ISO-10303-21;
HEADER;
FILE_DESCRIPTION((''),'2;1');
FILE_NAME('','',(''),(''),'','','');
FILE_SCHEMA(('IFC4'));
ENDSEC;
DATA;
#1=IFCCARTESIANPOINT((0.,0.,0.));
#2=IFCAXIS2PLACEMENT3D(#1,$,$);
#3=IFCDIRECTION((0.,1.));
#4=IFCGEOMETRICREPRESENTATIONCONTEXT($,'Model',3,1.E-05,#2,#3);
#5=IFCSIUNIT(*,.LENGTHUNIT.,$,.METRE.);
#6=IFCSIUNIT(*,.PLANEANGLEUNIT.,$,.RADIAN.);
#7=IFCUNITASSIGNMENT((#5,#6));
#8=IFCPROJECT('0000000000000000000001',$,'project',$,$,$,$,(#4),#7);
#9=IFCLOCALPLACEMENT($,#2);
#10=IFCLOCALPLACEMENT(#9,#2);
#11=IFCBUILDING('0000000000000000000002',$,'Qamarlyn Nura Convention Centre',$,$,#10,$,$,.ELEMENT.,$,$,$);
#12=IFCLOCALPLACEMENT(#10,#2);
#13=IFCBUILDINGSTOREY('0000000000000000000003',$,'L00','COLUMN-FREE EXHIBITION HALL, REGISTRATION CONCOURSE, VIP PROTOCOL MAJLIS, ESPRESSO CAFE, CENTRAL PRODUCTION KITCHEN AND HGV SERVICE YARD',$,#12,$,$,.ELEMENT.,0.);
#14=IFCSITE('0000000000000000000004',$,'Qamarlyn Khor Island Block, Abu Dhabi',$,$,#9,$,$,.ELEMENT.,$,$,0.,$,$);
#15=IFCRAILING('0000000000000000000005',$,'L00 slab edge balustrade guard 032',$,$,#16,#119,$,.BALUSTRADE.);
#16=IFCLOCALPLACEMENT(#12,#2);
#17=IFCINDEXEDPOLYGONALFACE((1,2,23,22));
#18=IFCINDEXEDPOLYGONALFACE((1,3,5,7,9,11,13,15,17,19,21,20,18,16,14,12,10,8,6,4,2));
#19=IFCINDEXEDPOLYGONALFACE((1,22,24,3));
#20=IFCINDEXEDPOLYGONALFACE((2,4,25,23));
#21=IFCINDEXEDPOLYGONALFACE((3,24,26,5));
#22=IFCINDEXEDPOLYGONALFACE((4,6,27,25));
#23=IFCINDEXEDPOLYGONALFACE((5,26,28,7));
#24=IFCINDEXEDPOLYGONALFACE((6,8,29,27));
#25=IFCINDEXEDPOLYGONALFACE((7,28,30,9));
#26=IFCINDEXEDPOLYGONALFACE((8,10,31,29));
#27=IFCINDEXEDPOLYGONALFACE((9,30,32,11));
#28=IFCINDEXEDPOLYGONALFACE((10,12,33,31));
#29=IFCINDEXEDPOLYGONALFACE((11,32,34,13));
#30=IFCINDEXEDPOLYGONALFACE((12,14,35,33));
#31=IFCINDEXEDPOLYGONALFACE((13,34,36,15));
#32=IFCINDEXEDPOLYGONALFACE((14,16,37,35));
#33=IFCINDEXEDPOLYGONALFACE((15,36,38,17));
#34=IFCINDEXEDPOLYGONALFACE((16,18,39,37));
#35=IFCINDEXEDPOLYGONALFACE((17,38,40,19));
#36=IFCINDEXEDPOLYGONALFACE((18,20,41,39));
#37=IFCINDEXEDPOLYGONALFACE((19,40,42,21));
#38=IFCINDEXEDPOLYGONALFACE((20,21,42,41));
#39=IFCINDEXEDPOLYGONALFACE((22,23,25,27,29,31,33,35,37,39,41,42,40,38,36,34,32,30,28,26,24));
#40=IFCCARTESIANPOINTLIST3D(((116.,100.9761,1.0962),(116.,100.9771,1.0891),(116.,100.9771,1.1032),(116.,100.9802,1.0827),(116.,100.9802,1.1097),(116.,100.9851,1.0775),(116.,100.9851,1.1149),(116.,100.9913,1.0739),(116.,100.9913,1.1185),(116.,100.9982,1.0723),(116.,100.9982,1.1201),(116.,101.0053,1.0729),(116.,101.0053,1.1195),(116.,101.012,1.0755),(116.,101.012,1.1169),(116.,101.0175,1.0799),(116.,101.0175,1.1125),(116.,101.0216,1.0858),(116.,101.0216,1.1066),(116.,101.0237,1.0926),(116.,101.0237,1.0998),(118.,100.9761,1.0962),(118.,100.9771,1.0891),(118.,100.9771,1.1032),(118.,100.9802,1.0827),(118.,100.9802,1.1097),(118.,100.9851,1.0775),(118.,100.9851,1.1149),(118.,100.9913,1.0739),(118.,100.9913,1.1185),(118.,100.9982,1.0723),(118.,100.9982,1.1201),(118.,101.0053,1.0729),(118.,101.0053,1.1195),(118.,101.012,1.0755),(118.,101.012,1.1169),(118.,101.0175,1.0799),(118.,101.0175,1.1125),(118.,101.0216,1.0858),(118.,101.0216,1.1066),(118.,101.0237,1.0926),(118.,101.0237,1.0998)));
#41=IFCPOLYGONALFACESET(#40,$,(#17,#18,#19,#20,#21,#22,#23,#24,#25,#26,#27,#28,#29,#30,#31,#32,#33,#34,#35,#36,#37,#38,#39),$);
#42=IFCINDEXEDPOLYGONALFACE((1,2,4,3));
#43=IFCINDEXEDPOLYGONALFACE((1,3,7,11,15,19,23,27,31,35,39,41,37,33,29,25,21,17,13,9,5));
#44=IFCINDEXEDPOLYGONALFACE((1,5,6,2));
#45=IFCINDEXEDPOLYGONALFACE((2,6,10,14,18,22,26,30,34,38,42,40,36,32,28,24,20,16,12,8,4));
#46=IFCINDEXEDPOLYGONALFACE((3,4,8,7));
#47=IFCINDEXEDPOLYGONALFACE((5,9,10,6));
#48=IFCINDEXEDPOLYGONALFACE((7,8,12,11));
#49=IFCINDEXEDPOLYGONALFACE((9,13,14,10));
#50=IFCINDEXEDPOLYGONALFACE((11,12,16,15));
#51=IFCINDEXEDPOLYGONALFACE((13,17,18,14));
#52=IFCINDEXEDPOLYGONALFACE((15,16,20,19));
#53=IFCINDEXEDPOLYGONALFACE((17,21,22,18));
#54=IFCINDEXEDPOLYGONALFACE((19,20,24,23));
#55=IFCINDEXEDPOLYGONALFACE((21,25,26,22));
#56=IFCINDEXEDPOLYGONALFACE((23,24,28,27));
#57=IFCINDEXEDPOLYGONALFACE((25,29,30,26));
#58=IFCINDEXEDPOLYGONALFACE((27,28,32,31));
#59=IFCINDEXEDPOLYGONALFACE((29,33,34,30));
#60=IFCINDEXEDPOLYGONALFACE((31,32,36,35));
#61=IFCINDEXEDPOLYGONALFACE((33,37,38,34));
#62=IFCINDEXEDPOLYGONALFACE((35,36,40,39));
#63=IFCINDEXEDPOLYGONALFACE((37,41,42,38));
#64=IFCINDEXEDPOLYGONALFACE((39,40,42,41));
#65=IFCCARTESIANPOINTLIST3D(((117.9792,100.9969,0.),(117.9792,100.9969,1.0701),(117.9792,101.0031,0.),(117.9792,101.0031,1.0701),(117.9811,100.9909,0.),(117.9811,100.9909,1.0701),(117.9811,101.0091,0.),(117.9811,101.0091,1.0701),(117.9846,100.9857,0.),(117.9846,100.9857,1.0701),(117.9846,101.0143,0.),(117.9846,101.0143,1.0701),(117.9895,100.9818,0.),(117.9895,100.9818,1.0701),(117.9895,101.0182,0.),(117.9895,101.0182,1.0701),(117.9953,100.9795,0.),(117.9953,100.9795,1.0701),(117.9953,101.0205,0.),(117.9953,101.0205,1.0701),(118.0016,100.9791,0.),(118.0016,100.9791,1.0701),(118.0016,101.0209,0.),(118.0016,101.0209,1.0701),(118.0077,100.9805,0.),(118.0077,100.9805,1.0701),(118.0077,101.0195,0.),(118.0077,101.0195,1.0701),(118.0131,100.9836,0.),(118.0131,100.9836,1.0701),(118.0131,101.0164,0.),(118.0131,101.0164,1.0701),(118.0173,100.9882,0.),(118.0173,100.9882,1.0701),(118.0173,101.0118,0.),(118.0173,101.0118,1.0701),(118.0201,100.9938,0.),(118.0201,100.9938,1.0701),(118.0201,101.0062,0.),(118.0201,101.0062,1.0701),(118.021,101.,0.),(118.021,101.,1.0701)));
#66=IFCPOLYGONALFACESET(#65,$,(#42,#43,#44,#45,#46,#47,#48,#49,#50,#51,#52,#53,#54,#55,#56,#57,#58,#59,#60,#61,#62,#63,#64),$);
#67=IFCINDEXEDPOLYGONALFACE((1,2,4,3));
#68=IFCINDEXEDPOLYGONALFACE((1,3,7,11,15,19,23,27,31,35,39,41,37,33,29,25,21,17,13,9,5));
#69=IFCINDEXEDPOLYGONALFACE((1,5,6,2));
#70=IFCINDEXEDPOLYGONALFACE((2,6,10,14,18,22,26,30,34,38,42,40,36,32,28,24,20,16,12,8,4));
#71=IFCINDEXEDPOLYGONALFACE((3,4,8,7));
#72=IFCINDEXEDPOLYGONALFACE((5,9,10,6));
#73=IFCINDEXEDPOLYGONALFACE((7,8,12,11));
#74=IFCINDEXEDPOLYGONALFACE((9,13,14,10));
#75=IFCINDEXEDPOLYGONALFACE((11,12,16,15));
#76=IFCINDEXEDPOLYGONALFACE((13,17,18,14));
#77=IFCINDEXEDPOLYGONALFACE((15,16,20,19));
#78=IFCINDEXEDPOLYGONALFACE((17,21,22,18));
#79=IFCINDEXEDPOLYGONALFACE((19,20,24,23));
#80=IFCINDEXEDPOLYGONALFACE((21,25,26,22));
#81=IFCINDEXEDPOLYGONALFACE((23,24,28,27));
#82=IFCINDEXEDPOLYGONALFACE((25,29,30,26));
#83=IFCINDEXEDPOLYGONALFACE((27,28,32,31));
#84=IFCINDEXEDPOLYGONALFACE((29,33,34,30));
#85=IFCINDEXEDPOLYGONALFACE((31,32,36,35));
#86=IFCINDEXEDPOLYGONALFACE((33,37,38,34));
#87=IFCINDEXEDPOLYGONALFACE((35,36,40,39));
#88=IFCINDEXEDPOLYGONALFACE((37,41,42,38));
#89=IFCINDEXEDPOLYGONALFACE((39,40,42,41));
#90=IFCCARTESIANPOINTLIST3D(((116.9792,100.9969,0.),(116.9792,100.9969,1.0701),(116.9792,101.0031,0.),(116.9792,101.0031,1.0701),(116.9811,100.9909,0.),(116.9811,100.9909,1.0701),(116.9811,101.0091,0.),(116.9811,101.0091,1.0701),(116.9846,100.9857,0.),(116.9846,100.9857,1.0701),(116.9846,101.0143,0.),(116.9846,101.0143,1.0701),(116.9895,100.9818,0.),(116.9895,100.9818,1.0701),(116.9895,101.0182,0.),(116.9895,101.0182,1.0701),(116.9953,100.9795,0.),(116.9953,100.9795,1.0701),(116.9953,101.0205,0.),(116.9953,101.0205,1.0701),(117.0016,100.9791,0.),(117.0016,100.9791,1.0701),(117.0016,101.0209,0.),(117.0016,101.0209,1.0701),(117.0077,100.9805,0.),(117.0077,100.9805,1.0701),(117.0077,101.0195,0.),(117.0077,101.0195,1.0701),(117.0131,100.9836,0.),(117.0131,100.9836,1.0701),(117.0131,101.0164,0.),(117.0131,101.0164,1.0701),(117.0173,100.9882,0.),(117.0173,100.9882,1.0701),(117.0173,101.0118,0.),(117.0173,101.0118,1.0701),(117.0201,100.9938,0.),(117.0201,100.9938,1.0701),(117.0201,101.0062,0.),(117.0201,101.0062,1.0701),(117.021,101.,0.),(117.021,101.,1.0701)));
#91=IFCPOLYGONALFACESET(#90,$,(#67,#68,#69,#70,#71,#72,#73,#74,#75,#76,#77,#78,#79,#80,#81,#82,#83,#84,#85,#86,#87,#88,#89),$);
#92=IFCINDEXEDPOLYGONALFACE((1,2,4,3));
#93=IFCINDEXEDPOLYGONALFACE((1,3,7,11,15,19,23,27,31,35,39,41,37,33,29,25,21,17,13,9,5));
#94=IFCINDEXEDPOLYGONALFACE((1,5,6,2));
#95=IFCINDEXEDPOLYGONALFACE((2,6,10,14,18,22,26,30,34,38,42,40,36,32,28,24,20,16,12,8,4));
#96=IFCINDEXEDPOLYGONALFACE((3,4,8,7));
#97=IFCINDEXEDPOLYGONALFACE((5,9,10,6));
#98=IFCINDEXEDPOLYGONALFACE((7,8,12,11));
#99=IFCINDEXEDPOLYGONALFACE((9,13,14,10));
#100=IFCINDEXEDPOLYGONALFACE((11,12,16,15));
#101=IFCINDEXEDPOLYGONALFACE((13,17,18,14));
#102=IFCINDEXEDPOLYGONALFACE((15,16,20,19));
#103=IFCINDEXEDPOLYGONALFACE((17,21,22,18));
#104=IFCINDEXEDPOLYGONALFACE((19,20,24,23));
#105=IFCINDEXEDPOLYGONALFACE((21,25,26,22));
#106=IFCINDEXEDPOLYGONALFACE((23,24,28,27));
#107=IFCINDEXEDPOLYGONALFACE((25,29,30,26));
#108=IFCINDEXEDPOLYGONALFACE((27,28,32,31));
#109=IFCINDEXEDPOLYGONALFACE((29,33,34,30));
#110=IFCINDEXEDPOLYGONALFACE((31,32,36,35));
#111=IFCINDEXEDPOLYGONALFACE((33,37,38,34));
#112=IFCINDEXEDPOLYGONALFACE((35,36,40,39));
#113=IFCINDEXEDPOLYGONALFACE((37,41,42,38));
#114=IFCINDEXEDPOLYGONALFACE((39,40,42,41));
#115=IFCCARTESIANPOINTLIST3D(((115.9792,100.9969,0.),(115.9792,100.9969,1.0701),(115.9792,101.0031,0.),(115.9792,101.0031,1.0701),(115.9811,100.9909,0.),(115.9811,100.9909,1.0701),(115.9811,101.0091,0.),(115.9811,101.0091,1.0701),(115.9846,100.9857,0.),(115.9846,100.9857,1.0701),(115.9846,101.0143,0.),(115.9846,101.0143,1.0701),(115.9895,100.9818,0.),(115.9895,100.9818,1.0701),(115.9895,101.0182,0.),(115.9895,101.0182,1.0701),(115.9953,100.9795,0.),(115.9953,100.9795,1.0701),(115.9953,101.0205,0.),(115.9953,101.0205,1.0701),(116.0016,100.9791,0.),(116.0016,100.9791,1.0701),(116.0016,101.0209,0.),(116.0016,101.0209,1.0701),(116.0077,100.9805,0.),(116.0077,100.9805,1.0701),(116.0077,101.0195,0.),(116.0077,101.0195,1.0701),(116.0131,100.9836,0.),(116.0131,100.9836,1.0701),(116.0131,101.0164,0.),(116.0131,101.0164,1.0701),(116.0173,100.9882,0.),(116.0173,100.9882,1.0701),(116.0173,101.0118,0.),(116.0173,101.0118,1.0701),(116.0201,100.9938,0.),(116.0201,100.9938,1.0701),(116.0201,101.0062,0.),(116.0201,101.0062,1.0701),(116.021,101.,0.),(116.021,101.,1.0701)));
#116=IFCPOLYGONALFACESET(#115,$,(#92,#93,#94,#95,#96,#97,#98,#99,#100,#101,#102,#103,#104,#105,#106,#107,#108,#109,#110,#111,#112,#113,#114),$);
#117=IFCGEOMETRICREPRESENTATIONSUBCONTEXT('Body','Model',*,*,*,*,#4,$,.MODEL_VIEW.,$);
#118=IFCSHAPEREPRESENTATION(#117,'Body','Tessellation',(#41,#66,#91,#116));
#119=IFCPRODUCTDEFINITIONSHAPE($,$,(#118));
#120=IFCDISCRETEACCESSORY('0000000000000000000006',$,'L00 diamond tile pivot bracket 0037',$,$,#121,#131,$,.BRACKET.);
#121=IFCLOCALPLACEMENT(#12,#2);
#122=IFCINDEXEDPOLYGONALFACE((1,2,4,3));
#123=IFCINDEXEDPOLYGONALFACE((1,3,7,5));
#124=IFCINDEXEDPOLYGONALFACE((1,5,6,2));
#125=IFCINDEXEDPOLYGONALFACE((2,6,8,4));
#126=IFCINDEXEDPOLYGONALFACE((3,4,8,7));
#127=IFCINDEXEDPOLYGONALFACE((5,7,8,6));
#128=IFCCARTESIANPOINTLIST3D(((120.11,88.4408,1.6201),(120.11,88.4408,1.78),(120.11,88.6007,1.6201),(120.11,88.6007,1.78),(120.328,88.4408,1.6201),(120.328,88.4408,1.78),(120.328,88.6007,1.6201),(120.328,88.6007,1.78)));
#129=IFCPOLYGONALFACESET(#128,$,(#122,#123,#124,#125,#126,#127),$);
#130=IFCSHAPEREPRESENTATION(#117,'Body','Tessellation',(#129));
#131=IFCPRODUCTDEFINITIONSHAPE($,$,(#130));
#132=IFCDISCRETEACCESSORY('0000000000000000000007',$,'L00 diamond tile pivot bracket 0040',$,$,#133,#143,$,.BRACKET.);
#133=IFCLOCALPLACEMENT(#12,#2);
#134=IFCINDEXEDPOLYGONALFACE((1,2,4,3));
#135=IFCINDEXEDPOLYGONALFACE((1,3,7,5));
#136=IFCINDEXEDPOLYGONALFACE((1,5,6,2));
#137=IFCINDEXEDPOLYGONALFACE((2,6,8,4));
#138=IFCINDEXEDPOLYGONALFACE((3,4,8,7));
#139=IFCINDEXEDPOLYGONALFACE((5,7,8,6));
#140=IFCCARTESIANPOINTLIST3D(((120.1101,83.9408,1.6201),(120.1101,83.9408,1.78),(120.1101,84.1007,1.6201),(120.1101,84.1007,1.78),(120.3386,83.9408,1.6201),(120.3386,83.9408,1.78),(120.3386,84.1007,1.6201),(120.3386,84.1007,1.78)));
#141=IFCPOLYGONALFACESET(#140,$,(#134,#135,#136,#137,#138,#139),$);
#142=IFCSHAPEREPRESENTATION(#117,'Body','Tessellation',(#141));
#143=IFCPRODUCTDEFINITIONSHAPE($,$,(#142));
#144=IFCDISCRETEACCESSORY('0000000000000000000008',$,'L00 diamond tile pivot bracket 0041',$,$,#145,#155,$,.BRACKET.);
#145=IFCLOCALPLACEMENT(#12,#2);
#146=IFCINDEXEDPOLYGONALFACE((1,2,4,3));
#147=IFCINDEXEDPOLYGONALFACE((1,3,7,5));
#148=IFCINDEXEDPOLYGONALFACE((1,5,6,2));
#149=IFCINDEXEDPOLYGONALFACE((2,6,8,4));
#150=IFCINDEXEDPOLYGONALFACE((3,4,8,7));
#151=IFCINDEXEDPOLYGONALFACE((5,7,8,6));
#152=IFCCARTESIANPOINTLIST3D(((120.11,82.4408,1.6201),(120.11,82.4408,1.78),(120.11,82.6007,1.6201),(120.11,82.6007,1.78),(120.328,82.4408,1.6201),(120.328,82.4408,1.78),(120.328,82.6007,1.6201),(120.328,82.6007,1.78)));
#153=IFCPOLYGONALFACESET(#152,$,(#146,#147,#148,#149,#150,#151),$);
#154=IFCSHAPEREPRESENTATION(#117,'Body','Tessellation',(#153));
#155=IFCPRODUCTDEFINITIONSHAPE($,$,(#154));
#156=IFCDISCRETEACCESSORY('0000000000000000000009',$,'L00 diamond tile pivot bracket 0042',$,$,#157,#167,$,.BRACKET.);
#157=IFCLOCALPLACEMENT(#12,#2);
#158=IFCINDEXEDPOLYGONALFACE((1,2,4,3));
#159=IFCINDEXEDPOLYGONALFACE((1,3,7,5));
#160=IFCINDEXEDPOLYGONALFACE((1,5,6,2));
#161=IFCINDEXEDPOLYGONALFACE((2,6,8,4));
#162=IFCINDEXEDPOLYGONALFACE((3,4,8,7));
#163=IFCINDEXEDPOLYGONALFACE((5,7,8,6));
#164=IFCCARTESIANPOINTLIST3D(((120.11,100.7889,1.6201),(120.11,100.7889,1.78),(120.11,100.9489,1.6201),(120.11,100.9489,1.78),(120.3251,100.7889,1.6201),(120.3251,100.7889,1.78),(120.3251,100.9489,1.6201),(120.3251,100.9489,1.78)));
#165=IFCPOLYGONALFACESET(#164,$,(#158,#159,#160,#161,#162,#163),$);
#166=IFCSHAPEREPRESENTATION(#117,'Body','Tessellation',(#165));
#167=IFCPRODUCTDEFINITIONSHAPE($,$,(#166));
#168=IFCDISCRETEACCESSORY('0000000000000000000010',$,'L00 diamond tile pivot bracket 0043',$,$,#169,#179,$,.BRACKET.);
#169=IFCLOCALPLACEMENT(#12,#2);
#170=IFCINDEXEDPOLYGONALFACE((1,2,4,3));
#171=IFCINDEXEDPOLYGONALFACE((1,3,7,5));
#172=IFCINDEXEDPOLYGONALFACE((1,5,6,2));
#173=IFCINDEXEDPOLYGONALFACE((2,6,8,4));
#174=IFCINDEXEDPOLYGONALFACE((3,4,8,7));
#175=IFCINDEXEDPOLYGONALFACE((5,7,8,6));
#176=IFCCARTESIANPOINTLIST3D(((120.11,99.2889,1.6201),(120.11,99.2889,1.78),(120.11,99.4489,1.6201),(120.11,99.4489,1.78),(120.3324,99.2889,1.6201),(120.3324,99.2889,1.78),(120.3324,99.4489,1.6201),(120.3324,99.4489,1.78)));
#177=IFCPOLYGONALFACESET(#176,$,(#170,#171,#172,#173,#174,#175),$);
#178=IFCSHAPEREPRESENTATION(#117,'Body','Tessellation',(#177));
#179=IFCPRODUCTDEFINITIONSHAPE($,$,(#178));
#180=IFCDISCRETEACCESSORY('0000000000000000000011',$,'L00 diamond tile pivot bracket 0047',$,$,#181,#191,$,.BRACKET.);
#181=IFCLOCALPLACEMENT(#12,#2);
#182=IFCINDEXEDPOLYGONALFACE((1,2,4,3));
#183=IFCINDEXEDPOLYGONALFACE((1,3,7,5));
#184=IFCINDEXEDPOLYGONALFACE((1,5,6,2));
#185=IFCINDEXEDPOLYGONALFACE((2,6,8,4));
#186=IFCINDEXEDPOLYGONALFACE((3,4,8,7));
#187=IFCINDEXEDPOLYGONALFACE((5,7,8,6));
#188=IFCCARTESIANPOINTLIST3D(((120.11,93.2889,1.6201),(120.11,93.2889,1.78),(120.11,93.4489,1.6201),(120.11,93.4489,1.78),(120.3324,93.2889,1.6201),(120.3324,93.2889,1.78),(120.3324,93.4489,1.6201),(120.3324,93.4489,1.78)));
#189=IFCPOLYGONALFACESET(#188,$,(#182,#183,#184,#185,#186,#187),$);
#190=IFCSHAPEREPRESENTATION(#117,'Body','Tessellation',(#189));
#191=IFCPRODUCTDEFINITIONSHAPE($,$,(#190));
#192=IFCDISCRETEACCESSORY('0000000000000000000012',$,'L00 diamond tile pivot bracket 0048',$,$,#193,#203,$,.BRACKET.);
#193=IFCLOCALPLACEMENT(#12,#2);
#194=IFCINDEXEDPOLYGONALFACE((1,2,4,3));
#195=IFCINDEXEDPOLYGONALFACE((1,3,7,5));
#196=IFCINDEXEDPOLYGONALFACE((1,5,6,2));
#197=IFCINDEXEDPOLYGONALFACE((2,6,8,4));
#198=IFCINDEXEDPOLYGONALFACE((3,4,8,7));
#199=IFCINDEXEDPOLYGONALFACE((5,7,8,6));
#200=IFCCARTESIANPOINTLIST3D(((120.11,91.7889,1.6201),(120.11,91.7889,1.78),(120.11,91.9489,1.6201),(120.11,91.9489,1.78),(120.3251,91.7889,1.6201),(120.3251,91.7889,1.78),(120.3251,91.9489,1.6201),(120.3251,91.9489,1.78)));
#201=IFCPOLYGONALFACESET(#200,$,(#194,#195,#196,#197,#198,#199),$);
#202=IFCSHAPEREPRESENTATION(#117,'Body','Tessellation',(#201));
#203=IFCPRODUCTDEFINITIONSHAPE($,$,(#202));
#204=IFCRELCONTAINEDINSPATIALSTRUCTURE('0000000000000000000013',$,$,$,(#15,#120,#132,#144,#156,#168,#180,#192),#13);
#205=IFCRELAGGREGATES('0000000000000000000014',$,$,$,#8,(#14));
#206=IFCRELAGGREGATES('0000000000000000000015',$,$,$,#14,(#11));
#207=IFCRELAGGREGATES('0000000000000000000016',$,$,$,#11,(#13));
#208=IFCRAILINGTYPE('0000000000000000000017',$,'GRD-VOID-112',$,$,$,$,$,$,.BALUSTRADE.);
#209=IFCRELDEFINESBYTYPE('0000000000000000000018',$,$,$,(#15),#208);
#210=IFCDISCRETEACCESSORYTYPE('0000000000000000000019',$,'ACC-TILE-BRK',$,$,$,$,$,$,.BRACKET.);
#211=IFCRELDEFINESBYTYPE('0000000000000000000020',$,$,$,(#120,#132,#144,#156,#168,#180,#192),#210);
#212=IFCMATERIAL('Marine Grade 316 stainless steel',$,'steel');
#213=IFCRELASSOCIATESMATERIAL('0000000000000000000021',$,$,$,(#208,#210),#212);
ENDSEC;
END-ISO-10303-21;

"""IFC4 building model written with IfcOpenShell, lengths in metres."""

from ifc_helpers import new_model, si_unit, direction, frame, origin, origin_2d, place, context, subcontext, project, spatial, rectangle, circle, extrude, material, type_object, element, save


model = new_model("IFC4")

# Units and contexts
model_context = context("Model", 3, precision=1e-05, world=origin(), true_north=direction((0.0, 1.0)))
body_context = subcontext(model_context, "Body", "Model", "MODEL_VIEW")
ifc_project = project(units=[si_unit("LENGTHUNIT", "METRE"), si_unit("PLANEANGLEUNIT", "RADIAN")], contexts=[model_context])

# Site, building, storey
site_placement = place(None, origin())
site = spatial("IfcSite", under=ifc_project, at=site_placement, Name="Qamarlyn Khor Island Block, Abu Dhabi", CompositionType="ELEMENT", RefElevation=0.0)
building_placement = place(site_placement, origin())
building = spatial("IfcBuilding", under=site, at=building_placement, Name="Qamarlyn Nura Convention Centre", CompositionType="ELEMENT")
storey_placement = place(building_placement, origin())
storey = spatial("IfcBuildingStorey", under=building, at=storey_placement, Name="L00", Description="COLUMN-FREE EXHIBITION HALL, REGISTRATION CONCOURSE, VIP PROTOCOL MAJLIS, ESPRESSO CAFE, CENTRAL PRODUCTION KITCHEN AND HGV SERVICE YARD", CompositionType="ELEMENT", Elevation=0.0)

# Railing
ifc_material_1 = material(Name="Marine Grade 316 stainless steel", Category="steel")
railing_type = type_object("IfcRailingType", Name="GRD-VOID-112", PredefinedType="BALUSTRADE", material=ifc_material_1)
railing_1_placement = place(storey_placement, frame((118.0, 101.0, 0.0)))
element("IfcRailing", 1, at=railing_1_placement, inside=storey, type_object=railing_type, Name="L00 slab edge balustrade guard 032", PredefinedType="BALUSTRADE", context=body_context, shape_type="SweptSolid", body=[
    extrude(circle(Radius=0.0239, at=origin_2d()), frame((0.0, 0.0, 1.0962), z_axis=(-1.0, 0.0, 0.0), x_axis=(0.0, -1.0, 0.0)), (0.0, 0.0, 1.0), 2.0),
    extrude(circle(Radius=0.021, at=origin_2d()), origin(), (0.0, 0.0, 1.0), 1.0701),
    extrude(circle(Radius=0.021, at=origin_2d()), frame((-1.0, 0.0, 0.0)), (0.0, 0.0, 1.0), 1.0701),
    extrude(circle(Radius=0.021, at=origin_2d()), frame((-2.0, 0.0, 0.0)), (0.0, 0.0, 1.0), 1.0701),
])

# Discrete accessories
discrete_accessory_type = type_object("IfcDiscreteAccessoryType", Name="ACC-TILE-BRK", PredefinedType="BRACKET", material=ifc_material_1)
discrete_accessory_1_placement = place(storey_placement, frame((120.219, 88.5208, 1.6201), z_axis=(0.0, 0.0, 1.0), x_axis=(1.0, 0.0, 0.0)))
element("IfcDiscreteAccessory", 2, at=discrete_accessory_1_placement, inside=storey, type_object=discrete_accessory_type, Name="L00 diamond tile pivot bracket 0037", PredefinedType="BRACKET", context=body_context, shape_type="SweptSolid", body=[
    extrude(rectangle(XDim=0.218, YDim=0.1599, at=origin_2d()), origin(), (0.0, 0.0, 1.0), 0.1599),
])
discrete_accessory_2_placement = place(storey_placement, frame((120.2244, 84.0208, 1.6201), z_axis=(0.0, 0.0, 1.0), x_axis=(1.0, 0.0, 0.0)))
element("IfcDiscreteAccessory", 3, at=discrete_accessory_2_placement, inside=storey, type_object=discrete_accessory_type, Name="L00 diamond tile pivot bracket 0040", PredefinedType="BRACKET", context=body_context, shape_type="SweptSolid", body=[
    extrude(rectangle(XDim=0.2285, YDim=0.1599, at=origin_2d()), origin(), (0.0, 0.0, 1.0), 0.1599),
])
discrete_accessory_3_placement = place(storey_placement, frame((120.219, 82.5208, 1.6201), z_axis=(0.0, 0.0, 1.0), x_axis=(1.0, 0.0, 0.0)))
element("IfcDiscreteAccessory", 4, at=discrete_accessory_3_placement, inside=storey, type_object=discrete_accessory_type, Name="L00 diamond tile pivot bracket 0041", PredefinedType="BRACKET", context=body_context, shape_type="SweptSolid", body=[
    extrude(rectangle(XDim=0.218, YDim=0.1599, at=origin_2d()), origin(), (0.0, 0.0, 1.0), 0.1599),
])
discrete_accessory_4_placement = place(storey_placement, frame((120.2175, 100.8689, 1.6201), z_axis=(0.0, 0.0, 1.0), x_axis=(1.0, 0.0, 0.0)))
element("IfcDiscreteAccessory", 5, at=discrete_accessory_4_placement, inside=storey, type_object=discrete_accessory_type, Name="L00 diamond tile pivot bracket 0042", PredefinedType="BRACKET", context=body_context, shape_type="SweptSolid", body=[
    extrude(rectangle(XDim=0.2151, YDim=0.1599, at=origin_2d()), origin(), (0.0, 0.0, 1.0), 0.1599),
])
for number, where, z_axis, x_axis, name in (
    (6, (120.2212, 99.3689, 1.6201), (0.0, 0.0, 1.0), (1.0, 0.0, 0.0), "L00 diamond tile pivot bracket 0043"),
    (7, (120.2212, 93.3689, 1.6201), (0.0, 0.0, 1.0), (1.0, 0.0, 0.0), "L00 diamond tile pivot bracket 0047"),
):
    element("IfcDiscreteAccessory", number, at=place(storey_placement, frame(where, z_axis=z_axis, x_axis=x_axis)), inside=storey, type_object=discrete_accessory_type, Name=name, PredefinedType="BRACKET", context=body_context, shape_type="SweptSolid", body=[
        extrude(rectangle(XDim=0.2224, YDim=0.1599, at=origin_2d()), origin(), (0.0, 0.0, 1.0), 0.1599),
    ])
discrete_accessory_5_placement = place(storey_placement, frame((120.2175, 91.8689, 1.6201), z_axis=(0.0, 0.0, 1.0), x_axis=(1.0, 0.0, 0.0)))
element("IfcDiscreteAccessory", 8, at=discrete_accessory_5_placement, inside=storey, type_object=discrete_accessory_type, Name="L00 diamond tile pivot bracket 0048", PredefinedType="BRACKET", context=body_context, shape_type="SweptSolid", body=[
    extrude(rectangle(XDim=0.2151, YDim=0.1599, at=origin_2d()), origin(), (0.0, 0.0, 1.0), 0.1599),
])

save(model, "model.ifc")
